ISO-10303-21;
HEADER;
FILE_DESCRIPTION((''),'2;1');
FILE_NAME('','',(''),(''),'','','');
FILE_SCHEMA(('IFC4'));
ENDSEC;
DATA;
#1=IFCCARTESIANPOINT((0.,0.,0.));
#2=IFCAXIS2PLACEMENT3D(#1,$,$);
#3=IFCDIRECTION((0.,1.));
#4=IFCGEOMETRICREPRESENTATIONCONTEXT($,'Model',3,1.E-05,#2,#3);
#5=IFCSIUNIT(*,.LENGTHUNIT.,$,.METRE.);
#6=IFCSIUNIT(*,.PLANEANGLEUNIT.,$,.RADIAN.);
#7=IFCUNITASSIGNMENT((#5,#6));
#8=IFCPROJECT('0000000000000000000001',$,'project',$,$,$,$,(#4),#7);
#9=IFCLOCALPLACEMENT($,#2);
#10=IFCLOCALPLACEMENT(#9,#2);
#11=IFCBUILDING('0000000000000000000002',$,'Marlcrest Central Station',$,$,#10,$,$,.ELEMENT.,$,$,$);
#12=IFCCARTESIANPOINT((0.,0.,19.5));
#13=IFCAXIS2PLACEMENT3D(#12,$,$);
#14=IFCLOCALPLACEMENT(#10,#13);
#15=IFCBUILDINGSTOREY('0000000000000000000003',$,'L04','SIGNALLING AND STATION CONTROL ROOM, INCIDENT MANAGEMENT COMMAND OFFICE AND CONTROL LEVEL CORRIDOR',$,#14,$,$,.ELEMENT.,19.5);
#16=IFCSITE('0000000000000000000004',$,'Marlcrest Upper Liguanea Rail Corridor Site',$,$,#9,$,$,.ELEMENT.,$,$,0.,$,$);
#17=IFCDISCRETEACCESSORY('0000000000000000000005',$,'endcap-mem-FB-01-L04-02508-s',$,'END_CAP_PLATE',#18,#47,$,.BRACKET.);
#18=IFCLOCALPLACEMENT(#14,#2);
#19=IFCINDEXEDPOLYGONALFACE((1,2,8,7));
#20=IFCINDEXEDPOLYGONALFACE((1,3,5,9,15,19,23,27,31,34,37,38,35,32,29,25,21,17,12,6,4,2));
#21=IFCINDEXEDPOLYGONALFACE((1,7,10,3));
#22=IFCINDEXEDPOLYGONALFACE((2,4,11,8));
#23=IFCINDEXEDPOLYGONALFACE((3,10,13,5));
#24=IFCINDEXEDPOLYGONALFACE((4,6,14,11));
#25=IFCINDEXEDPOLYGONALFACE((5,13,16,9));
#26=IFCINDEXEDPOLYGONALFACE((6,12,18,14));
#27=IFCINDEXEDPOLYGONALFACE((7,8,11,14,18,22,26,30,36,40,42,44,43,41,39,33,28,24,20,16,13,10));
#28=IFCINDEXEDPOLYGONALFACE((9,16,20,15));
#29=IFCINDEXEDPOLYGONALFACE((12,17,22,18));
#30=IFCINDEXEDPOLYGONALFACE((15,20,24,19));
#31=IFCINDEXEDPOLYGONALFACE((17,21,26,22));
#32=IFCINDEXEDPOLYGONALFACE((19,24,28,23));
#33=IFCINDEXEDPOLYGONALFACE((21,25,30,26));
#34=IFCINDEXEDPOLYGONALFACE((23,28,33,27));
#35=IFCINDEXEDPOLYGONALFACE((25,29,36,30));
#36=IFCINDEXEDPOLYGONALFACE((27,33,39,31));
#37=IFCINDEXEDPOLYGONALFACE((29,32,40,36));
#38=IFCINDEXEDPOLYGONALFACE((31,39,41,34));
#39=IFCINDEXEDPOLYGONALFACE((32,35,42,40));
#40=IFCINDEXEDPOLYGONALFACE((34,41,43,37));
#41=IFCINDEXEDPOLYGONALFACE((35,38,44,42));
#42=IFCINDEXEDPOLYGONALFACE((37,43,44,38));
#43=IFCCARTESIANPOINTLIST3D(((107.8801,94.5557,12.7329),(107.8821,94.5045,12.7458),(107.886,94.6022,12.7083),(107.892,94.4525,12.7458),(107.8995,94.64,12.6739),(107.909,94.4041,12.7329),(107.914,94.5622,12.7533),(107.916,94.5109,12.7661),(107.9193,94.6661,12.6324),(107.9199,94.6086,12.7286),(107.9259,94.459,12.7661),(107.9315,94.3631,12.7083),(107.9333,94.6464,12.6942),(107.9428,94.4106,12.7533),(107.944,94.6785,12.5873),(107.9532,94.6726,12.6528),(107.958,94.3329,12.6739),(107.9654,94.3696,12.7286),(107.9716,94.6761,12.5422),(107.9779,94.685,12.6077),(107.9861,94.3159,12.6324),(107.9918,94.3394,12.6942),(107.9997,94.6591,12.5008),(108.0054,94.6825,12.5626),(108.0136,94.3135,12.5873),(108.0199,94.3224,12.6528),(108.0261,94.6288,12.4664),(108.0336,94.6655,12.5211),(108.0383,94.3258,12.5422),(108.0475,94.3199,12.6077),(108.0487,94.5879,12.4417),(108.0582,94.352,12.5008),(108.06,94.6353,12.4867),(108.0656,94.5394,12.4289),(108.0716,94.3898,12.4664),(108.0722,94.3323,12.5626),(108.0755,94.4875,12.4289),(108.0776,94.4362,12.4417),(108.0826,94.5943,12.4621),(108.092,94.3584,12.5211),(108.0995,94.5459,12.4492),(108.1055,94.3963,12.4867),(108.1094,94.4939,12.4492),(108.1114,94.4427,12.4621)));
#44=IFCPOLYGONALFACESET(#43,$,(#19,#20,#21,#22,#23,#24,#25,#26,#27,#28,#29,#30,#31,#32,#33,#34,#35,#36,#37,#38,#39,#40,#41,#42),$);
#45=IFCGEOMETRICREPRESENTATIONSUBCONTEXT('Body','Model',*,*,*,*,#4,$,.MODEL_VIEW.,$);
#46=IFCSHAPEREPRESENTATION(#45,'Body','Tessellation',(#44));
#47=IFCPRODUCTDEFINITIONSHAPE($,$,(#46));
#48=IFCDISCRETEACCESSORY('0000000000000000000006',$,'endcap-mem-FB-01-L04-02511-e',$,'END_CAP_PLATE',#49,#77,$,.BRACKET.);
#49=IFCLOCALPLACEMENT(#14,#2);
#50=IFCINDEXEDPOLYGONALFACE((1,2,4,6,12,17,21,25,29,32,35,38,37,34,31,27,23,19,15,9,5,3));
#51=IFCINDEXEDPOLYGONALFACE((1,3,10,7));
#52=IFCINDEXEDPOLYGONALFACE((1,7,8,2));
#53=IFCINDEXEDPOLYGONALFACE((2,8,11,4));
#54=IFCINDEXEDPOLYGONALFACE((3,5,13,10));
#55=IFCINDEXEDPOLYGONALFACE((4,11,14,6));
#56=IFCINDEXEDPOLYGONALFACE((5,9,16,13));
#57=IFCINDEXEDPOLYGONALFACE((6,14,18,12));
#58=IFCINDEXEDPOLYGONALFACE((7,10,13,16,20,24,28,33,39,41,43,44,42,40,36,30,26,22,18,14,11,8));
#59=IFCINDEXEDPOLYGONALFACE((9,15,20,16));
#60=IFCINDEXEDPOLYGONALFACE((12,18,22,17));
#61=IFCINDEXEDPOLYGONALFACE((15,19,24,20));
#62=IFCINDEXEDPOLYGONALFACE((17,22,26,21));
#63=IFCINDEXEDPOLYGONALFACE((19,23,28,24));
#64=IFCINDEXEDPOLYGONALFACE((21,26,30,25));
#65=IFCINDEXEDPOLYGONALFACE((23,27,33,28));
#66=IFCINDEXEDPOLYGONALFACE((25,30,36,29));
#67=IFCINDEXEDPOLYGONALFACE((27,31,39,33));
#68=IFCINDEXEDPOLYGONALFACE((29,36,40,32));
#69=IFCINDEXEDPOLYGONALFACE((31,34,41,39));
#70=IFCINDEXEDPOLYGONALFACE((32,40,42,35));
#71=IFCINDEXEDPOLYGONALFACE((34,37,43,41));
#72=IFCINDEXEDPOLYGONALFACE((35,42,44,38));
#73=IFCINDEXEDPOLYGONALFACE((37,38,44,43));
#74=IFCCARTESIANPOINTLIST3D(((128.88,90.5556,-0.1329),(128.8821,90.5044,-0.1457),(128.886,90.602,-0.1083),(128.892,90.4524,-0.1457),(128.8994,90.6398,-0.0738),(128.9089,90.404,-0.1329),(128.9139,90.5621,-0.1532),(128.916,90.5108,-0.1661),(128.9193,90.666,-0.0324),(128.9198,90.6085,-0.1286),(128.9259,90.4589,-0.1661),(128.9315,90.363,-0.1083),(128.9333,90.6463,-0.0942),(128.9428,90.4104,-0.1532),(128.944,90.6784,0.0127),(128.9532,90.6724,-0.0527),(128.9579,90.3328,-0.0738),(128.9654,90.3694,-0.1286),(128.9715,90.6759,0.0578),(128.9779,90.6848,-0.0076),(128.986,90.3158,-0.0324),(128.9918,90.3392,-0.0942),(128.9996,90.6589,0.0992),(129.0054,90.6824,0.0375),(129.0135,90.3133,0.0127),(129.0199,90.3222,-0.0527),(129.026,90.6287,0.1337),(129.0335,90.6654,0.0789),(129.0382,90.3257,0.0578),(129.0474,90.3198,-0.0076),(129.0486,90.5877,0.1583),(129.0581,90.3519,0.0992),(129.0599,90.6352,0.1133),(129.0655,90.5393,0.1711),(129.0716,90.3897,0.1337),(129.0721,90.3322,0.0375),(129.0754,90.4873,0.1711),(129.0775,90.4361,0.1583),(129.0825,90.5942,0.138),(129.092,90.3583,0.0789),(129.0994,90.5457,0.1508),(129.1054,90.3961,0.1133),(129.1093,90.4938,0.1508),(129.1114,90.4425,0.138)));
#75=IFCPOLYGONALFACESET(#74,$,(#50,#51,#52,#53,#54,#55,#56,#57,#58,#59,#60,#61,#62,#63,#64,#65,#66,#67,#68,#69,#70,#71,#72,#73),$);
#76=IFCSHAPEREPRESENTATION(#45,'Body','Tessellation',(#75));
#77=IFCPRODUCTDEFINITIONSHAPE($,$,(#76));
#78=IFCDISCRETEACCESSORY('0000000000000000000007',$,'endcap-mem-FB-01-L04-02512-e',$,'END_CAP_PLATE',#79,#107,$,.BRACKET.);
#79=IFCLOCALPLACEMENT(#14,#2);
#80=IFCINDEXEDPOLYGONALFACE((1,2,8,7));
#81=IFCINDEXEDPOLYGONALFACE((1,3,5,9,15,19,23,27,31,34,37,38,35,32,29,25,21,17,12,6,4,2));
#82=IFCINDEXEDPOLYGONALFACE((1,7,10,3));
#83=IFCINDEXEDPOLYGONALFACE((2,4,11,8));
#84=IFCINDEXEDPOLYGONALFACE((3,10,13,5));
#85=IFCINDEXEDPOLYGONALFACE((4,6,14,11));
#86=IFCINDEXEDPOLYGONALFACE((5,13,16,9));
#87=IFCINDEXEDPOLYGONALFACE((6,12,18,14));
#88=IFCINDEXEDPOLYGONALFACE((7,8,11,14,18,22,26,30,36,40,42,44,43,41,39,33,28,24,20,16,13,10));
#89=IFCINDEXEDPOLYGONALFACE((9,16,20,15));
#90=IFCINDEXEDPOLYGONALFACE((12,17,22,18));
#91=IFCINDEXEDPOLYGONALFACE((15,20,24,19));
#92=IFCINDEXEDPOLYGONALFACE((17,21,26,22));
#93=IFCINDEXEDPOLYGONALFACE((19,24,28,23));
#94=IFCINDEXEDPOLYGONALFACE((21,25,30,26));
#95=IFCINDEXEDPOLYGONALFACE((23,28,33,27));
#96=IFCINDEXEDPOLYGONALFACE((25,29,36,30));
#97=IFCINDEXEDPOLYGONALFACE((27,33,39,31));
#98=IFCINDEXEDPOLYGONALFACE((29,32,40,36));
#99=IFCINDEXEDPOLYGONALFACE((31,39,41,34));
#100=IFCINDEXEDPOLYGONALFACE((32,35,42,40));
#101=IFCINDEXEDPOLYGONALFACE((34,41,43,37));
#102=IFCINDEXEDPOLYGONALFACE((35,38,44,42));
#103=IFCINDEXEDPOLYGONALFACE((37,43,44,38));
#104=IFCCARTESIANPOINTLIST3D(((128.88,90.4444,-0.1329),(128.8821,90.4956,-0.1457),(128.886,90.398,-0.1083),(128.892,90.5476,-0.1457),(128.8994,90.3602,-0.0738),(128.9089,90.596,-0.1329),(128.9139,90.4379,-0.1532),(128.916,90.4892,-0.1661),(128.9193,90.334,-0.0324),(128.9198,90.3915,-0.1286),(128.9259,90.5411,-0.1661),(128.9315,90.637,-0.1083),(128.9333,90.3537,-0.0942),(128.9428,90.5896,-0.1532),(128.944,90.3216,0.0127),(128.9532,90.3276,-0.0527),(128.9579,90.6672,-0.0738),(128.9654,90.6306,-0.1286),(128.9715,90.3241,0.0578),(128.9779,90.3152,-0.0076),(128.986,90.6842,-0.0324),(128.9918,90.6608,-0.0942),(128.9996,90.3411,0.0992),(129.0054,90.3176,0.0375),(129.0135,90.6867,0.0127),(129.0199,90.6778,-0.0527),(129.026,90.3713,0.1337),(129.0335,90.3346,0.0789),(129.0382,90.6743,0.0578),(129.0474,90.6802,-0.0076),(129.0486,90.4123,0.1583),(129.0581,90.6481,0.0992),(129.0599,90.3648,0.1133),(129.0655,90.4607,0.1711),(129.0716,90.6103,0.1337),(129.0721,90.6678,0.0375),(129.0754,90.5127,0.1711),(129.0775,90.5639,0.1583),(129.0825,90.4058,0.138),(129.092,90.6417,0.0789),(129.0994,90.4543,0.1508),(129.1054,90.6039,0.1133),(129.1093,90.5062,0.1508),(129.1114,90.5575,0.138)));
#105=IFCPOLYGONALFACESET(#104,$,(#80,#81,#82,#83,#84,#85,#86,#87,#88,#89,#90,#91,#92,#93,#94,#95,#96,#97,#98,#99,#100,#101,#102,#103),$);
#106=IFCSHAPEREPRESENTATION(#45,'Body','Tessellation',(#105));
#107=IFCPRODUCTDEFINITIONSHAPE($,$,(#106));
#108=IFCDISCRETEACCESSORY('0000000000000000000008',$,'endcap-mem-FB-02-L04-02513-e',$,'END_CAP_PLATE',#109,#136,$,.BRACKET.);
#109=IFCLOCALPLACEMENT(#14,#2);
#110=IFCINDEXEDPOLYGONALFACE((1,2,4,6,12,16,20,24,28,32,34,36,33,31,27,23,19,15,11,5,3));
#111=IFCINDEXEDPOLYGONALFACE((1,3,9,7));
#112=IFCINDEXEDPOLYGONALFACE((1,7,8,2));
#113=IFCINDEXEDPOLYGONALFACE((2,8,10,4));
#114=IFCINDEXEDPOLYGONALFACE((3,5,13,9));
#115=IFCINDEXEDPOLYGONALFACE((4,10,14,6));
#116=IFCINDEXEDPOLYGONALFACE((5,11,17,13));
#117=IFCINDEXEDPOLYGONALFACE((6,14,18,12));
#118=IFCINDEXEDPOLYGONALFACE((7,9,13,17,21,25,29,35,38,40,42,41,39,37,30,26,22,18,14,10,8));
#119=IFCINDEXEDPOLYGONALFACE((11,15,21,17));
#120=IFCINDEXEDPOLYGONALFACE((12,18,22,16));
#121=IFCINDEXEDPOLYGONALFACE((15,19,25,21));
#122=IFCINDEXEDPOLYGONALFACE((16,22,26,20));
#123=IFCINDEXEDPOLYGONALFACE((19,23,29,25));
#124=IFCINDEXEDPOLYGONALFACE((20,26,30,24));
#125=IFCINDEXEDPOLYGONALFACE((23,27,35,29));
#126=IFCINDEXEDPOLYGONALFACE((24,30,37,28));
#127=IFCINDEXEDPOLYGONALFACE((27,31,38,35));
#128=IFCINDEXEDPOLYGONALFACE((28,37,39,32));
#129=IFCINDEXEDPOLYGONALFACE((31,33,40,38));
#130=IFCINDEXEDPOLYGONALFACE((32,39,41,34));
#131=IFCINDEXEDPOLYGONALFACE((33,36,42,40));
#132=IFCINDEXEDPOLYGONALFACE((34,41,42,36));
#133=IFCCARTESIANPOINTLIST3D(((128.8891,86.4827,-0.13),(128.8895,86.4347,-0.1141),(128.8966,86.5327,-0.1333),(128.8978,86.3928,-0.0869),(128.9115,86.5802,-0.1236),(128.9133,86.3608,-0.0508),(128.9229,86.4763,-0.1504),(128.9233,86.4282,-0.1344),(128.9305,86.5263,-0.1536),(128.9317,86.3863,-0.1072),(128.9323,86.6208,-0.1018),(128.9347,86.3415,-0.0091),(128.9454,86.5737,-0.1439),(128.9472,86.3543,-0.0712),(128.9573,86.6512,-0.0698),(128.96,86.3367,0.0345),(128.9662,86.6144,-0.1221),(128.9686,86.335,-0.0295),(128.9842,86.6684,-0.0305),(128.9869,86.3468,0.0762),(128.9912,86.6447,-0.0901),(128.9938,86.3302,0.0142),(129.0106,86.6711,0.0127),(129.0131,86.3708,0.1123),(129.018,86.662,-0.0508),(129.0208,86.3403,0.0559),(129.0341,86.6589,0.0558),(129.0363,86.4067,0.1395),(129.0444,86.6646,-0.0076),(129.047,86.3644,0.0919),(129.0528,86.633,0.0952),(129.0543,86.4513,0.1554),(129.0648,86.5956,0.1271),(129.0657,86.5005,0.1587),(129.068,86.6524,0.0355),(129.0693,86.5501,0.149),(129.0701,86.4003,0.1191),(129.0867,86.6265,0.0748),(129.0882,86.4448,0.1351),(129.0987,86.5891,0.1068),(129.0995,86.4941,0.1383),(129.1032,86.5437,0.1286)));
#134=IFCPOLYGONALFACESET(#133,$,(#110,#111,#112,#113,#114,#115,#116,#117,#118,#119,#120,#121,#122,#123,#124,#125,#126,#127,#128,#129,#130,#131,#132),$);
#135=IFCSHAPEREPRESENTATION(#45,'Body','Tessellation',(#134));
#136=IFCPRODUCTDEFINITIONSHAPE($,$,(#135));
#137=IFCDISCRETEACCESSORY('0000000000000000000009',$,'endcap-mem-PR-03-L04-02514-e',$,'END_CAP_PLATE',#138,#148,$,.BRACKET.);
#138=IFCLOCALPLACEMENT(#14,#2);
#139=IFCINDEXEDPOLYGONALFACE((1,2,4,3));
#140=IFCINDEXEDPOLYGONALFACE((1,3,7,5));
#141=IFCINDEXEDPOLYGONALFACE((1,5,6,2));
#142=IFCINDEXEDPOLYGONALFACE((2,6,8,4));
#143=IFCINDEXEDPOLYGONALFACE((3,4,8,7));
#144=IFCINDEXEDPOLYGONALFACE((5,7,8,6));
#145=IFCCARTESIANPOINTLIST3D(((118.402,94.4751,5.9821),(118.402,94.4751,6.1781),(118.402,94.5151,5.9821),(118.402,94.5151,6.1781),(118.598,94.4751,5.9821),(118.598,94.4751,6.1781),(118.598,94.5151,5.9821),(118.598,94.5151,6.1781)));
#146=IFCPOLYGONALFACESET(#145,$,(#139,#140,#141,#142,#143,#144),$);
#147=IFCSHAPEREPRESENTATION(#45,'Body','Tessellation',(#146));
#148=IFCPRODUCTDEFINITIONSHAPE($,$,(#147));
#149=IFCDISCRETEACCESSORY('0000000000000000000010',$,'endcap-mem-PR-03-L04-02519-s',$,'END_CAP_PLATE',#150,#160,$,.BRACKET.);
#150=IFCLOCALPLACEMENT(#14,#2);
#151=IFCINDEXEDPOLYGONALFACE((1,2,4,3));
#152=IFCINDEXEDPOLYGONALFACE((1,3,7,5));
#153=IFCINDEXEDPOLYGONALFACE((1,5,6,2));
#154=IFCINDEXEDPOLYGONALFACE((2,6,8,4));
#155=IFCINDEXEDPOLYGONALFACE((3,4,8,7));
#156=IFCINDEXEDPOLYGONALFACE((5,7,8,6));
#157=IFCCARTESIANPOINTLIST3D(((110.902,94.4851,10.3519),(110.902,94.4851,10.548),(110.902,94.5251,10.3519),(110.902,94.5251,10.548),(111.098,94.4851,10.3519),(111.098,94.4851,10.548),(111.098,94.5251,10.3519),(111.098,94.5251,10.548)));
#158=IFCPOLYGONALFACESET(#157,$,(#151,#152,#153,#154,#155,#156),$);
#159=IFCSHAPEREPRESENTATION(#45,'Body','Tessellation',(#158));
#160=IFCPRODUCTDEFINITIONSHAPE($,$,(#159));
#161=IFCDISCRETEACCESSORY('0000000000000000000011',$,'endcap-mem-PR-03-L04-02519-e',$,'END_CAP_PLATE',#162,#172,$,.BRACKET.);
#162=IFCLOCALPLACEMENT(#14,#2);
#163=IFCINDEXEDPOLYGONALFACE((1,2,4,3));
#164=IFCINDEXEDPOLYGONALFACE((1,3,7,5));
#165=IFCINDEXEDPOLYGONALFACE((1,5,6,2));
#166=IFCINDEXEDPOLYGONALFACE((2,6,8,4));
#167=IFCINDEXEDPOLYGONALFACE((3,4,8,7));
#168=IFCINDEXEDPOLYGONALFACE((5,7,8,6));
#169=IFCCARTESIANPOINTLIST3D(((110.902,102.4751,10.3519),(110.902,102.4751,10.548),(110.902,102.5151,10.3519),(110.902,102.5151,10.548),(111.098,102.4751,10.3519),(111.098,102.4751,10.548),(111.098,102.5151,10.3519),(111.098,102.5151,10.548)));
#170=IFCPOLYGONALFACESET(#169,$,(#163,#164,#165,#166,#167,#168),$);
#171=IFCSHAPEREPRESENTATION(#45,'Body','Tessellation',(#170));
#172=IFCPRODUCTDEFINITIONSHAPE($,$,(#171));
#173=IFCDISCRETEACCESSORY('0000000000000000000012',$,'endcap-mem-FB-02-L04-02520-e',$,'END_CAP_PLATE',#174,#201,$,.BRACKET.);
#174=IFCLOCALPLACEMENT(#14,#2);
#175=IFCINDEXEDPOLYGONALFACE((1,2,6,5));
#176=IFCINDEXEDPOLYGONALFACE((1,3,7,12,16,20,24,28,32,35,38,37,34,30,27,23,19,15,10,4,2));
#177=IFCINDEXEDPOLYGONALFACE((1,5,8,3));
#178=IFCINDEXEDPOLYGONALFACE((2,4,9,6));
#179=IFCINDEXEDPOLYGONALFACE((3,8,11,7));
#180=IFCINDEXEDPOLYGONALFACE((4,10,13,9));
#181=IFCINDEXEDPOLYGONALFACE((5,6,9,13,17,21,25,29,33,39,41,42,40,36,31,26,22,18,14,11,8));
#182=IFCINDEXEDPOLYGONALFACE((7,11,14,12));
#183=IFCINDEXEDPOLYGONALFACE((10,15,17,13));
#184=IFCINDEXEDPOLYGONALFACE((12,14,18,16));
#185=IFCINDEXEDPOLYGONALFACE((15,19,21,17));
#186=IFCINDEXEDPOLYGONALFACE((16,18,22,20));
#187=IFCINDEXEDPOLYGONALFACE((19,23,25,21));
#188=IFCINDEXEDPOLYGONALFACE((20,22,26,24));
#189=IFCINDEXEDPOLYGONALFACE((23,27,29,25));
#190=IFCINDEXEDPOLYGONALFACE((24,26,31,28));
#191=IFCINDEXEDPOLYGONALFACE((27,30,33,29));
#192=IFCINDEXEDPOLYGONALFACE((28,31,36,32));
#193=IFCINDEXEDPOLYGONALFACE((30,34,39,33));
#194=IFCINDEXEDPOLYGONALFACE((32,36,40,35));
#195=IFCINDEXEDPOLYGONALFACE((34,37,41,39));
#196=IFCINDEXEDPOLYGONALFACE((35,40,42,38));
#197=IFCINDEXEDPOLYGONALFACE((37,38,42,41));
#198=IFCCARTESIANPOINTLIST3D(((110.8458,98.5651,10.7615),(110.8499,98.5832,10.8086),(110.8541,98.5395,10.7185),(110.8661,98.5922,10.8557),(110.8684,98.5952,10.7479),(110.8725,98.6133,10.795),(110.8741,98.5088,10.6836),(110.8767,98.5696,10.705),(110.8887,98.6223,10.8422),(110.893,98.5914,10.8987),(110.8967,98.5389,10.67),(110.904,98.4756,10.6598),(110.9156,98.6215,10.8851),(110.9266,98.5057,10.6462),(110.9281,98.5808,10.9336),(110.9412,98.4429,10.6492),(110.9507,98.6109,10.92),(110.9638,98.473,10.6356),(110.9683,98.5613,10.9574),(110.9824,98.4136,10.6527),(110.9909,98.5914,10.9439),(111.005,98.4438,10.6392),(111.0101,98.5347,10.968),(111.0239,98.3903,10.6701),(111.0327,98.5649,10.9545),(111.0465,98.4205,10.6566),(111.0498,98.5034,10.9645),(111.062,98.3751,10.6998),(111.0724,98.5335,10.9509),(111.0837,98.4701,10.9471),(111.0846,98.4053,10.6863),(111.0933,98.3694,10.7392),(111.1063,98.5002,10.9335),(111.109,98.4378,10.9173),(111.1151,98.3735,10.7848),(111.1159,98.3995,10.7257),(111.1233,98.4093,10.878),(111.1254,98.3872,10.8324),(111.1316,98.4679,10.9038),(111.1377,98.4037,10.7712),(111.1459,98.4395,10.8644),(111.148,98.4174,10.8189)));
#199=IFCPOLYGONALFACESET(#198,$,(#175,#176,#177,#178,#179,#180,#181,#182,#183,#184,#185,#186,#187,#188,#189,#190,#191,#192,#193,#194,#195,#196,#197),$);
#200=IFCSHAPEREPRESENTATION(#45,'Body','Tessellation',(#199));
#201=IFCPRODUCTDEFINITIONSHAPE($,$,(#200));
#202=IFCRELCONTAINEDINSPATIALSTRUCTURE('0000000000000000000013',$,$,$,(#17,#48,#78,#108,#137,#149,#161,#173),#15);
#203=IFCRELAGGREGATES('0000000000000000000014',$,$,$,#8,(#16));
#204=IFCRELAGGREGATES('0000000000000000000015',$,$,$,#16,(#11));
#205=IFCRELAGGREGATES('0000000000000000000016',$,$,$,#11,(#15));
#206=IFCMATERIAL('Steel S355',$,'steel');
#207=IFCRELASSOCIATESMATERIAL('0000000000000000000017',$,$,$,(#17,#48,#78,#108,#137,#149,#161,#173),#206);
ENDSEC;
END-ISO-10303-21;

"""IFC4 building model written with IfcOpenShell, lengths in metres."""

from ifc_helpers import new_model, si_unit, direction, frame, origin, origin_2d, place, context, subcontext, project, spatial, rectangle, circle, extrude, material, element, save


model = new_model("IFC4")

# Units and contexts
model_context = context("Model", 3, precision=1e-05, world=origin(), true_north=direction((0.0, 1.0)))
body_context = subcontext(model_context, "Body", "Model", "MODEL_VIEW")
ifc_project = project(units=[si_unit("LENGTHUNIT", "METRE"), si_unit("PLANEANGLEUNIT", "RADIAN")], contexts=[model_context])

# Site, building, storey
site_placement = place(None, origin())
site = spatial("IfcSite", under=ifc_project, at=site_placement, Name="Marlcrest Upper Liguanea Rail Corridor Site", CompositionType="ELEMENT", RefElevation=0.0)
building_placement = place(site_placement, origin())
building = spatial("IfcBuilding", under=site, at=building_placement, Name="Marlcrest Central Station", CompositionType="ELEMENT")
storey_placement = place(building_placement, frame((0.0, 0.0, 19.5)))
storey = spatial("IfcBuildingStorey", under=building, at=storey_placement, Name="L04", Description="SIGNALLING AND STATION CONTROL ROOM, INCIDENT MANAGEMENT COMMAND OFFICE AND CONTROL LEVEL CORRIDOR", CompositionType="ELEMENT", Elevation=19.5)

# Shared definitions
ifc_material_1 = material(Name="Steel S355", Category="steel")

# Discrete accessories
for number, where, z_axis, x_axis, name in (
    (1, (108.0127, 94.5024, 12.6077), (-0.846277, -0.161196, -0.50777), (0.187112, -0.982339, 0.0), "endcap-mem-FB-01-L04-02508-s"),
    (2, (128.9788, 90.4958, 0.0127), (0.846277, 0.161196, -0.50777), (-0.187112, 0.982339, 0.0), "endcap-mem-FB-01-L04-02511-e"),
    (3, (128.9788, 90.5042, 0.0127), (0.846277, -0.161196, -0.50777), (0.187112, 0.982339, 0.0), "endcap-mem-FB-01-L04-02512-e"),
):
    element("IfcDiscreteAccessory", number, at=place(storey_placement, frame(where, z_axis=z_axis, x_axis=x_axis)), inside=storey, material=ifc_material_1, Name=name, ObjectType="END_CAP_PLATE", PredefinedType="BRACKET", context=body_context, shape_type="SweptSolid", body=[
        extrude(circle(Radius=0.1858, at=origin_2d()), origin(), (0.0, 0.0, 1.0), 0.04),
    ])
discrete_accessory_1_placement = place(storey_placement, frame((128.9788, 86.5042, 0.0127), z_axis=(0.846277, -0.161196, -0.50777), x_axis=(0.187112, 0.982339, 0.0)))
element("IfcDiscreteAccessory", 4, at=discrete_accessory_1_placement, inside=storey, material=ifc_material_1, Name="endcap-mem-FB-02-L04-02513-e", ObjectType="END_CAP_PLATE", PredefinedType="BRACKET", context=body_context, shape_type="SweptSolid", body=[
    extrude(circle(Radius=0.1699, at=origin_2d()), origin(), (0.0, 0.0, 1.0), 0.04),
])
for number, where, z_axis, x_axis, name in (
    (5, (118.5, 94.4751, 6.0801), (0.0, 1.0, 0.0), (-1.0, 0.0, 0.0), "endcap-mem-PR-03-L04-02514-e"),
    (6, (111.0, 94.4851, 10.45), (0.0, 1.0, 0.0), (-1.0, 0.0, 0.0), "endcap-mem-PR-03-L04-02519-s"),
    (7, (111.0, 102.4751, 10.45), (0.0, 1.0, 0.0), (-1.0, 0.0, 0.0), "endcap-mem-PR-03-L04-02519-e"),
):
    element("IfcDiscreteAccessory", number, at=place(storey_placement, frame(where, z_axis=z_axis, x_axis=x_axis)), inside=storey, material=ifc_material_1, Name=name, ObjectType="END_CAP_PLATE", PredefinedType="BRACKET", context=body_context, shape_type="SweptSolid", body=[
        extrude(rectangle(XDim=0.196, YDim=0.196, at=origin_2d()), origin(), (0.0, 0.0, 1.0), 0.04),
    ])
for number, where, z_axis, x_axis, name in (
    (8, (110.9858, 98.4812, 10.8086), (0.564531, 0.752708, -0.338728), (-0.8, 0.6, 0.0), "endcap-mem-FB-02-L04-02520-e"),
):
    element("IfcDiscreteAccessory", number, at=place(storey_placement, frame(where, z_axis=z_axis, x_axis=x_axis)), inside=storey, material=ifc_material_1, Name=name, ObjectType="END_CAP_PLATE", PredefinedType="BRACKET", context=body_context, shape_type="SweptSolid", body=[
        extrude(circle(Radius=0.1699, at=origin_2d()), origin(), (0.0, 0.0, 1.0), 0.04),
    ])

save(model, "model.ifc")
